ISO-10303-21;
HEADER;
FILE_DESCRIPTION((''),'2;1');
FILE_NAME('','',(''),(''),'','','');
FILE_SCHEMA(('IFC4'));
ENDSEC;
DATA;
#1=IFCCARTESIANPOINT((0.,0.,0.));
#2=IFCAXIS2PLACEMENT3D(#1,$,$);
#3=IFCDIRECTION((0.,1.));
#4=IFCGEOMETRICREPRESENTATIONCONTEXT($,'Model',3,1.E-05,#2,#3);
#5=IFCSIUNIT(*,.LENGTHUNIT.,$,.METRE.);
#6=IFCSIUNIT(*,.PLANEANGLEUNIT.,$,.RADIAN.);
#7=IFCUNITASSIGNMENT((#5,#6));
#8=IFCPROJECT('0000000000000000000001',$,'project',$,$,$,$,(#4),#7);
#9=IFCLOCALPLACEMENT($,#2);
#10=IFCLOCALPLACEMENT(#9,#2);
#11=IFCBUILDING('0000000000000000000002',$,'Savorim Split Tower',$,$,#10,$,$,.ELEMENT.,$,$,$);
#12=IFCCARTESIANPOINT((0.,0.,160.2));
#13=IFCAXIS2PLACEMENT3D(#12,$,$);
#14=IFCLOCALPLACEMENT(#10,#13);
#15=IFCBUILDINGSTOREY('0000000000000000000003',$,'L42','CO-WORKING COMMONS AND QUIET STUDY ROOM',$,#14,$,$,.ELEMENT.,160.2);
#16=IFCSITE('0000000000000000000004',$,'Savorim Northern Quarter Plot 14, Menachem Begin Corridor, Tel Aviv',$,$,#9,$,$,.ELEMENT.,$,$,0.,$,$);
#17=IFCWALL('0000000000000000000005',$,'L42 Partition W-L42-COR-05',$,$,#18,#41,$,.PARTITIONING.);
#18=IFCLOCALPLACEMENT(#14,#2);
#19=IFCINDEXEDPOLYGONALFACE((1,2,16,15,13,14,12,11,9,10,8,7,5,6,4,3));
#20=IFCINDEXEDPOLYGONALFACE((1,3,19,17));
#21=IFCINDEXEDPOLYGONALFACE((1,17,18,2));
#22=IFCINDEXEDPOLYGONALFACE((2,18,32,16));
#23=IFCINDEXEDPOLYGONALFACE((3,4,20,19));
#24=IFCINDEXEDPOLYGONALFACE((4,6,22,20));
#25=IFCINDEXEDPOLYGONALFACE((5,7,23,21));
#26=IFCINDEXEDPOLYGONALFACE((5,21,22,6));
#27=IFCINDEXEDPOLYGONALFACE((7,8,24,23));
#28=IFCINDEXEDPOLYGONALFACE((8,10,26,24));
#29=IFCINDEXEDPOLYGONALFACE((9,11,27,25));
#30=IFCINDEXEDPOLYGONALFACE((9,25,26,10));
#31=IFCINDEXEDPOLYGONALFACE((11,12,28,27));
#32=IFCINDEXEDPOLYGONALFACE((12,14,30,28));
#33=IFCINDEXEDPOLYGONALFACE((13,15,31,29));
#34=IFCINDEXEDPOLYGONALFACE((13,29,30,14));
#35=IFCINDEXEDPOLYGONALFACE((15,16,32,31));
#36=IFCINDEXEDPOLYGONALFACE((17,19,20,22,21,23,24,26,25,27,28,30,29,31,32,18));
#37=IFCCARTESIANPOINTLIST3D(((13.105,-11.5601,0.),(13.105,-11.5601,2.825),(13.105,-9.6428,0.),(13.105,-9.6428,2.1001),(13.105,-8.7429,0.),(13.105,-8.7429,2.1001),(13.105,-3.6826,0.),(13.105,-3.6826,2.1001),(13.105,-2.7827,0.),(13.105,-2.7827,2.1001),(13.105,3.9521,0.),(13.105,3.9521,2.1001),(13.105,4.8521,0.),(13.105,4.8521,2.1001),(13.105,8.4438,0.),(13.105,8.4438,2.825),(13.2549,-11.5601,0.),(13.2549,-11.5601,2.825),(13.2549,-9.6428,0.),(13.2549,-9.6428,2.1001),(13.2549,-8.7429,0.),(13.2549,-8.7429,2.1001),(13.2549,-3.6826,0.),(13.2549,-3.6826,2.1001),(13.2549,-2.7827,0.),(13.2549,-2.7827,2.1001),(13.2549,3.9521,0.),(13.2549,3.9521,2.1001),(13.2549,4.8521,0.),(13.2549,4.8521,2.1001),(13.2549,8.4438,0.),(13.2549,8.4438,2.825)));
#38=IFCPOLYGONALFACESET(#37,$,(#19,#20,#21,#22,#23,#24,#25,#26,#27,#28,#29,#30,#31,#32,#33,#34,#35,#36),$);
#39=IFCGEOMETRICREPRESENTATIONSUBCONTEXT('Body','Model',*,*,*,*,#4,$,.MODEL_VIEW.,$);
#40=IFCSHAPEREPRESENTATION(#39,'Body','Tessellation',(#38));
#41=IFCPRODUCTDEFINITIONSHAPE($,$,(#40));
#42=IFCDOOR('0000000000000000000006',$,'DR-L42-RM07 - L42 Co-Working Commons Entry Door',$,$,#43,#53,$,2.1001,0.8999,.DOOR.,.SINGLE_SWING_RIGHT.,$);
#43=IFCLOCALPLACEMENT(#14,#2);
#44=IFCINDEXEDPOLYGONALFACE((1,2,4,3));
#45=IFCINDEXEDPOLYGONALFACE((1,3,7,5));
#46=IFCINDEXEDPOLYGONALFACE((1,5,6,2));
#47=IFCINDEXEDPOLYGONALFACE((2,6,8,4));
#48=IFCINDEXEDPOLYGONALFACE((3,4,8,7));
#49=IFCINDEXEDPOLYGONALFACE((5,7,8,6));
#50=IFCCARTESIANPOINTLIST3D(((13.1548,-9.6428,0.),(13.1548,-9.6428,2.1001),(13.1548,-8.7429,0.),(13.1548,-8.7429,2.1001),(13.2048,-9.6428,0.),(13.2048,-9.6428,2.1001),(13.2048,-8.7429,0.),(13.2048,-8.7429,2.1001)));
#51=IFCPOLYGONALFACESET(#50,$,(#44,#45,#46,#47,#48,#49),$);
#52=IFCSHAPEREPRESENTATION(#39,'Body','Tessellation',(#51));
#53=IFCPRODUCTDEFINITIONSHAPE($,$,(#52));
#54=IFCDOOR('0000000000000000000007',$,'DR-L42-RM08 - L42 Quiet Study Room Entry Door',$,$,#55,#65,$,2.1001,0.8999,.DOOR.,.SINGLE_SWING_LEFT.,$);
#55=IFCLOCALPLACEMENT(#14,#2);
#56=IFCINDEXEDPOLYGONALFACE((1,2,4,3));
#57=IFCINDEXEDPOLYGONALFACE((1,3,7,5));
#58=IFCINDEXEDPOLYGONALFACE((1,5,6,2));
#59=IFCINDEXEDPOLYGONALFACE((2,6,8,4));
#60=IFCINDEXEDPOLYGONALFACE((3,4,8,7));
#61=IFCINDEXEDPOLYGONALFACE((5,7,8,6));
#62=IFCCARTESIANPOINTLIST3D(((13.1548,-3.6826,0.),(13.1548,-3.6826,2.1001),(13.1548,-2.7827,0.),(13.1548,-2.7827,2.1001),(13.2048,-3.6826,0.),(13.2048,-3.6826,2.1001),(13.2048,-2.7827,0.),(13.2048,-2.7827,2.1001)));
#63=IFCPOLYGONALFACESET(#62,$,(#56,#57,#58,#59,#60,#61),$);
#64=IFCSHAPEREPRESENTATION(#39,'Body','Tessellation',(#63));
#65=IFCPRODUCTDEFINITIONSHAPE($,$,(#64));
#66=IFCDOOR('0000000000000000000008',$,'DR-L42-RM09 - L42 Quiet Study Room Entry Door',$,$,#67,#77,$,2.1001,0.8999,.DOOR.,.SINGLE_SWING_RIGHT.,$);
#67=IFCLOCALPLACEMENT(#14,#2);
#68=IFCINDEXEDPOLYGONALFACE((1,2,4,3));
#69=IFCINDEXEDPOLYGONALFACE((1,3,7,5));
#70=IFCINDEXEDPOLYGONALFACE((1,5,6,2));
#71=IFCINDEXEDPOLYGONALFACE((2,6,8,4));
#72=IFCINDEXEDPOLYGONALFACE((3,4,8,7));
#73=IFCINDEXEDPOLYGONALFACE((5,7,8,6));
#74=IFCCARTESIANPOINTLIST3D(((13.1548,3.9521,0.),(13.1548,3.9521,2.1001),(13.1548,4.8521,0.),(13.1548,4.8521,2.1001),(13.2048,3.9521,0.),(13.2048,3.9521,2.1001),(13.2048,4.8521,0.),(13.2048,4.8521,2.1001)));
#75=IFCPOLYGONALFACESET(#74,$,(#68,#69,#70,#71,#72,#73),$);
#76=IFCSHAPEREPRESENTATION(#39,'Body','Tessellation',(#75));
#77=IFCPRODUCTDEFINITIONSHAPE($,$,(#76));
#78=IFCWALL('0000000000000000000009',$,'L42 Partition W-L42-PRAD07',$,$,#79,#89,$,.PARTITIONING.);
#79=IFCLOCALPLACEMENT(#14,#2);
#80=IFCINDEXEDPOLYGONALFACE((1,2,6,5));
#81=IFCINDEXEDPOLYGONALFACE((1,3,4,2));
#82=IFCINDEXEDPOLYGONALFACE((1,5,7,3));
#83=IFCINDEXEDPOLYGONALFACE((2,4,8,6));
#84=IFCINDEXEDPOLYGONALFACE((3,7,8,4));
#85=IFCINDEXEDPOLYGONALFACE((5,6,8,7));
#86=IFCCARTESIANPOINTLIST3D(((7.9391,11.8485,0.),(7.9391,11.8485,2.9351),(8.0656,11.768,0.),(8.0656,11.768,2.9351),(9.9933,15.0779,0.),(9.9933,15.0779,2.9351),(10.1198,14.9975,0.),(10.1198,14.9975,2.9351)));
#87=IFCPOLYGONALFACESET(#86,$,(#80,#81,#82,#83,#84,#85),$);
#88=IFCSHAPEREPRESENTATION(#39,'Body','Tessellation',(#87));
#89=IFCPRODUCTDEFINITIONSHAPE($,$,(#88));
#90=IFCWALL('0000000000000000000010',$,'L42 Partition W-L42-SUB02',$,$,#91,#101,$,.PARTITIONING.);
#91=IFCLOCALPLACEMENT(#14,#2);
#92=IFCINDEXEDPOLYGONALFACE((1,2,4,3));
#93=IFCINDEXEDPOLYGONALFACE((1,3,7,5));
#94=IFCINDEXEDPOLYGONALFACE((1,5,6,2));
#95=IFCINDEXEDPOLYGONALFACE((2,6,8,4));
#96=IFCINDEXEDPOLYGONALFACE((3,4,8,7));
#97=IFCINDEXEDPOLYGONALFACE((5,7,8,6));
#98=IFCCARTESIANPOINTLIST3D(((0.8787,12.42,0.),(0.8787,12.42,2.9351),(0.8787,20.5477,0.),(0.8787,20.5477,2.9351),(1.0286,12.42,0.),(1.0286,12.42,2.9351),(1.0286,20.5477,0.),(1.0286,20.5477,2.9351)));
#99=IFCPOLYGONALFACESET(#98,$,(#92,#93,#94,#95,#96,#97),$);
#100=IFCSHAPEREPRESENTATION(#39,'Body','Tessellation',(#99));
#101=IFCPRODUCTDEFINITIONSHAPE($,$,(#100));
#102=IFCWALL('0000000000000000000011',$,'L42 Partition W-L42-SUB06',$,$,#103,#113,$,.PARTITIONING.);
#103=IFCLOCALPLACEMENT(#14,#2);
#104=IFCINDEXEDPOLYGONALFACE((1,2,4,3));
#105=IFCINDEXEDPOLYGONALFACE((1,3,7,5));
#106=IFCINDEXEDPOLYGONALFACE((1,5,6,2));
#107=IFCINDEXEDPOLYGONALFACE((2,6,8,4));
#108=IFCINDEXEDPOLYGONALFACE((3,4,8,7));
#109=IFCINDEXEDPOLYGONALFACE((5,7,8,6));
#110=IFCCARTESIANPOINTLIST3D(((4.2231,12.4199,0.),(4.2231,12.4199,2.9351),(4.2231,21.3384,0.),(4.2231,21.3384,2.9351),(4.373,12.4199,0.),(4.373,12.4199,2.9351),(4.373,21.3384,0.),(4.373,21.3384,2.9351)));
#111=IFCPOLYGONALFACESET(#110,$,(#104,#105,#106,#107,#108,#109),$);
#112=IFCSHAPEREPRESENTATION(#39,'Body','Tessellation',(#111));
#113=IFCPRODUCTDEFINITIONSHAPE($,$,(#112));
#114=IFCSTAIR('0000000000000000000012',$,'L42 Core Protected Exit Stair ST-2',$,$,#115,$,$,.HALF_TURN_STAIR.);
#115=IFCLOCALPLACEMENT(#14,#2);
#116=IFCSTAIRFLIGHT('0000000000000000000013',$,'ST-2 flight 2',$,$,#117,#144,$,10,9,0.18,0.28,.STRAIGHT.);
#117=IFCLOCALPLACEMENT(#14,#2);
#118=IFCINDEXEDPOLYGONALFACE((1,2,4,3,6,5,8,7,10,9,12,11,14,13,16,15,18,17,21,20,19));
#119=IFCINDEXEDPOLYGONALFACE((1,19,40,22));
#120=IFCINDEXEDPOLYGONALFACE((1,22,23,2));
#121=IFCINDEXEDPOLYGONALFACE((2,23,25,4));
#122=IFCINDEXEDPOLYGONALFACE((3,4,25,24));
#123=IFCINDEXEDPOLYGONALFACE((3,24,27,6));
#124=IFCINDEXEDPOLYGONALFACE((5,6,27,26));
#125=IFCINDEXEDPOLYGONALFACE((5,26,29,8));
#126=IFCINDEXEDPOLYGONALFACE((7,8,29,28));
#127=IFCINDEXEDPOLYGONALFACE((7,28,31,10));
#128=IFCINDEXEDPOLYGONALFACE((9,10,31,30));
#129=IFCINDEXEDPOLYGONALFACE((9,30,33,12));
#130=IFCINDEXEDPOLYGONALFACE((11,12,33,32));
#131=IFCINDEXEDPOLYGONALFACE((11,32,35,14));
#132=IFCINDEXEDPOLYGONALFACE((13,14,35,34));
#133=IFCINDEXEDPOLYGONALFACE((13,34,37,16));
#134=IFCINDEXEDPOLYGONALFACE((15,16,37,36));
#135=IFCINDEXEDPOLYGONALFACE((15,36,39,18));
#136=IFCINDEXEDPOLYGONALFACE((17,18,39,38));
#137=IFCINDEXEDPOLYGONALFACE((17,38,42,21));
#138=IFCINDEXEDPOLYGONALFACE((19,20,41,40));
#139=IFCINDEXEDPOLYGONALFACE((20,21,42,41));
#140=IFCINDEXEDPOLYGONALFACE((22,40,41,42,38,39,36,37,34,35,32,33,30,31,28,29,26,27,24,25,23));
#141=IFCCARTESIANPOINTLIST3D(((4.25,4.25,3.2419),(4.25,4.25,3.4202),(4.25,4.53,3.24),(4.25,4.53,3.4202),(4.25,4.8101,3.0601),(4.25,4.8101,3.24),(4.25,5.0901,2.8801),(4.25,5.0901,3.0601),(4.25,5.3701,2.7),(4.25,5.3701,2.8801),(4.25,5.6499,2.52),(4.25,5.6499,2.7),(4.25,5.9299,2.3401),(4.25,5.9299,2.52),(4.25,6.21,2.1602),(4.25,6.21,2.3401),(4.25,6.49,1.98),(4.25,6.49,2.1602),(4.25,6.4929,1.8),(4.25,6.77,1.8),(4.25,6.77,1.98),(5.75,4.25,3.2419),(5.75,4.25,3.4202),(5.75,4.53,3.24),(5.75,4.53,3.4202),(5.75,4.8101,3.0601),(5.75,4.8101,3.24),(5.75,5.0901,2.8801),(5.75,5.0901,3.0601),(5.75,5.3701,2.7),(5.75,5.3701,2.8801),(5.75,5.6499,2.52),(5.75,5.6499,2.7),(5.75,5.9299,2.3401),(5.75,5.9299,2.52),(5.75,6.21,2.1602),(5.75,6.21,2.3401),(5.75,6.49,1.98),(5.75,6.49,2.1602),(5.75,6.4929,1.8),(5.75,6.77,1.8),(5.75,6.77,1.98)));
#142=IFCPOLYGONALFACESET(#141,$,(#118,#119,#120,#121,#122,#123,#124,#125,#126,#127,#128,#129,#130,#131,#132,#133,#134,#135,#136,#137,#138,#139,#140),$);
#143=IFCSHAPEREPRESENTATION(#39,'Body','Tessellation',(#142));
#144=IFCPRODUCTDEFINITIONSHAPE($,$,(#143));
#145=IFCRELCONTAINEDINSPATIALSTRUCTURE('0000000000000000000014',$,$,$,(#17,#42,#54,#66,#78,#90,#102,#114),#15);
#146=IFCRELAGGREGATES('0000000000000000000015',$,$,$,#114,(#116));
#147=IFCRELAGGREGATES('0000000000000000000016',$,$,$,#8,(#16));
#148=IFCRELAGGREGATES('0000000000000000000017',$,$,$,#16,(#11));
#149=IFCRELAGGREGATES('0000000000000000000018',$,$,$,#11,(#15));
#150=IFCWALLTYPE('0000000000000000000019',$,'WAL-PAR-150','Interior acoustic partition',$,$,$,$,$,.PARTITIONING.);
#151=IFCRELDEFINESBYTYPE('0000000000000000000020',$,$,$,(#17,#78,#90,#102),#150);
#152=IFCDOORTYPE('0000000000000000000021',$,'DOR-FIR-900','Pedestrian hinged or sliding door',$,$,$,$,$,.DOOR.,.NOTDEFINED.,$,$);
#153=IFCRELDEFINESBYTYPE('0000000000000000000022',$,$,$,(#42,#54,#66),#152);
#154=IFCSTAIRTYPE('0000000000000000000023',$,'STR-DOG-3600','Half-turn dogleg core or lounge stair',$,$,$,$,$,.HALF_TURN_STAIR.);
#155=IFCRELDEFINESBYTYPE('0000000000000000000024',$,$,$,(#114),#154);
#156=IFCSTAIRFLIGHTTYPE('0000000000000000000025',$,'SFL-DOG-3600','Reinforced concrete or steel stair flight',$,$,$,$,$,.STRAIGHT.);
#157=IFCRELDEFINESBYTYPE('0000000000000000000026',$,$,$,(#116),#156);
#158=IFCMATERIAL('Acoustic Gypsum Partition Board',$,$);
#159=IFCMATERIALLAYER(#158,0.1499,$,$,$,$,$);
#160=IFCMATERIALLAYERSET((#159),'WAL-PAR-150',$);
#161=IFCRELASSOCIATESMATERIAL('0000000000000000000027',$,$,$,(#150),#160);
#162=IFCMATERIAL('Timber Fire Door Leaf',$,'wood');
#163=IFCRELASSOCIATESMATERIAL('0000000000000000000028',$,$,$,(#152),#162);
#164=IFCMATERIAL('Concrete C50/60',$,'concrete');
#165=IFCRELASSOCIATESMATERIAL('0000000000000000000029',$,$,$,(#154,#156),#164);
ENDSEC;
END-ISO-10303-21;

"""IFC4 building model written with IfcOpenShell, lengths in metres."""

from ifc_helpers import new_model, si_unit, direction, frame, frame_2d, origin, place, context, subcontext, project, spatial, polyline, rectangle, outline, extrude, material, layer, layer_set, type_object, element, fill, aggregate, save


model = new_model("IFC4")

# Units and contexts
model_context = context("Model", 3, precision=1e-05, world=origin(), true_north=direction((0.0, 1.0)))
body_context = subcontext(model_context, "Body", "Model", "MODEL_VIEW")
ifc_project = project(units=[si_unit("LENGTHUNIT", "METRE"), si_unit("PLANEANGLEUNIT", "RADIAN")], contexts=[model_context])

# Site, building, storey
site_placement = place(None, origin())
site = spatial("IfcSite", under=ifc_project, at=site_placement, Name="Savorim Northern Quarter Plot 14, Menachem Begin Corridor, Tel Aviv", CompositionType="ELEMENT", RefElevation=0.0)
building_placement = place(site_placement, origin())
building = spatial("IfcBuilding", under=site, at=building_placement, Name="Savorim Split Tower", CompositionType="ELEMENT")
storey_placement = place(building_placement, frame((0.0, 0.0, 160.2)))
storey = spatial("IfcBuildingStorey", under=building, at=storey_placement, Name="L42", Description="CO-WORKING COMMONS AND QUIET STUDY ROOM", CompositionType="ELEMENT", Elevation=160.2)

# Shared definitions
ifc_material_1 = material(Name="Timber Fire Door Leaf", Category="wood")

# Shared definitions
ifc_material_2 = material(Name="Acoustic Gypsum Partition Board")
ifc_layer_1 = layer(ifc_material_2, 0.1499)
ifc_layer_set_1 = layer_set([ifc_layer_1], Name="WAL-PAR-150")
wall_type_1 = type_object("IfcWallType", Name="WAL-PAR-150", Description="Interior acoustic partition", PredefinedType="PARTITIONING", material=ifc_layer_set_1)

# Wall, openings, doors
wall_1_placement = place(storey_placement, frame((13.1799, 8.4438, 0.0), z_axis=(0.0, 0.0, 1.0), x_axis=(0.0, -1.0, 0.0)))
wall_1 = element("IfcWall", 1, at=wall_1_placement, inside=storey, type_object=wall_type_1, Name="L42 Partition W-L42-COR-05", PredefinedType="PARTITIONING", context=body_context, shape_type="SweptSolid", body=[
    extrude(rectangle(XDim=20.0039, YDim=0.1499, at=frame_2d((10.002, 0.0))), origin(), (0.0, 0.0, 1.0), 2.825),
])
opening_1_placement = place(wall_1_placement, frame((17.1868, 0.0, 0.0)))
opening_1 = element("IfcOpeningElement", 2, at=opening_1_placement, cuts=wall_1, PredefinedType="OPENING", context=body_context, shape_type="SweptSolid", body=[
    extrude(rectangle(XDim=0.8999, YDim=2.1001, at=frame_2d((0.45, 1.05))), frame((0.0, 0.085, 0.0), z_axis=(0.0, -1.0, 0.0), x_axis=(1.0, 0.0, 0.0)), (0.0, 0.0, 1.0), 0.1699),
])
opening_2_placement = place(wall_1_placement, frame((11.2266, 0.0, 0.0)))
opening_2 = element("IfcOpeningElement", 3, at=opening_2_placement, cuts=wall_1, PredefinedType="OPENING", context=body_context, shape_type="SweptSolid", body=[
    extrude(rectangle(XDim=0.8999, YDim=2.1001, at=frame_2d((0.45, 1.05))), frame((0.0, 0.085, 0.0), z_axis=(0.0, -1.0, 0.0), x_axis=(1.0, 0.0, 0.0)), (0.0, 0.0, 1.0), 0.1699),
])
opening_3_placement = place(wall_1_placement, frame((3.5918, 0.0, 0.0)))
opening_3 = element("IfcOpeningElement", 4, at=opening_3_placement, cuts=wall_1, PredefinedType="OPENING", context=body_context, shape_type="SweptSolid", body=[
    extrude(rectangle(XDim=0.8999, YDim=2.1001, at=frame_2d((0.45, 1.05))), frame((0.0, 0.085, 0.0), z_axis=(0.0, -1.0, 0.0), x_axis=(1.0, 0.0, 0.0)), (0.0, 0.0, 1.0), 0.1699),
])
door_type_1 = type_object("IfcDoorType", Name="DOR-FIR-900", Description="Pedestrian hinged or sliding door", OperationType="NOTDEFINED", PredefinedType="DOOR", material=ifc_material_1)
door_1_placement = place(opening_1_placement, origin())
door_1 = element("IfcDoor", 5, at=door_1_placement, inside=storey, type_object=door_type_1, Name="DR-L42-RM07 - L42 Co-Working Commons Entry Door", OperationType="SINGLE_SWING_RIGHT", OverallHeight=2.1001, OverallWidth=0.8999, PredefinedType="DOOR", context=body_context, shape_type="SweptSolid", body=[
    extrude(rectangle(XDim=0.8999, YDim=2.1001, at=frame_2d((0.45, 1.05))), frame((0.0, 0.0249, 0.0), z_axis=(0.0, -1.0, 0.0), x_axis=(1.0, 0.0, 0.0)), (0.0, 0.0, 1.0), 0.05),
])
fill(opening_1, door_1)
door_2_placement = place(opening_2_placement, origin())
door_2 = element("IfcDoor", 6, at=door_2_placement, inside=storey, type_object=door_type_1, Name="DR-L42-RM08 - L42 Quiet Study Room Entry Door", OperationType="SINGLE_SWING_LEFT", OverallHeight=2.1001, OverallWidth=0.8999, PredefinedType="DOOR", context=body_context, shape_type="SweptSolid", body=[
    extrude(rectangle(XDim=0.8999, YDim=2.1001, at=frame_2d((0.45, 1.05))), frame((0.0, 0.0249, 0.0), z_axis=(0.0, -1.0, 0.0), x_axis=(1.0, 0.0, 0.0)), (0.0, 0.0, 1.0), 0.05),
])
fill(opening_2, door_2)
door_3_placement = place(opening_3_placement, origin())
door_3 = element("IfcDoor", 7, at=door_3_placement, inside=storey, type_object=door_type_1, Name="DR-L42-RM09 - L42 Quiet Study Room Entry Door", OperationType="SINGLE_SWING_RIGHT", OverallHeight=2.1001, OverallWidth=0.8999, PredefinedType="DOOR", context=body_context, shape_type="SweptSolid", body=[
    extrude(rectangle(XDim=0.8999, YDim=2.1001, at=frame_2d((0.45, 1.05))), frame((0.0, 0.0249, 0.0), z_axis=(0.0, -1.0, 0.0), x_axis=(1.0, 0.0, 0.0)), (0.0, 0.0, 1.0), 0.05),
])
fill(opening_3, door_3)

# Walls
wall_2_placement = place(storey_placement, frame((8.0024, 11.8083, 0.0), z_axis=(0.0, 0.0, 1.0), x_axis=(0.536702, 0.843772, 0.0)))
element("IfcWall", 8, at=wall_2_placement, inside=storey, type_object=wall_type_1, Name="L42 Partition W-L42-PRAD07", PredefinedType="PARTITIONING", context=body_context, shape_type="SweptSolid", body=[
    extrude(rectangle(XDim=3.8274, YDim=0.1499, at=frame_2d((1.9136, 0.0))), origin(), (0.0, 0.0, 1.0), 2.9351),
])
wall_3_placement = place(storey_placement, frame((0.9536, 12.4199, 0.0), z_axis=(0.0, 0.0, 1.0), x_axis=(0.0, 1.0, 0.0)))
element("IfcWall", 9, at=wall_3_placement, inside=storey, type_object=wall_type_1, Name="L42 Partition W-L42-SUB02", PredefinedType="PARTITIONING", context=body_context, shape_type="SweptSolid", body=[
    extrude(rectangle(XDim=8.1277, YDim=0.1499, at=frame_2d((4.064, 0.0))), origin(), (0.0, 0.0, 1.0), 2.9351),
])
wall_4_placement = place(storey_placement, frame((4.2981, 12.4199, 0.0), z_axis=(0.0, 0.0, 1.0), x_axis=(0.0, 1.0, 0.0)))
element("IfcWall", 10, at=wall_4_placement, inside=storey, type_object=wall_type_1, Name="L42 Partition W-L42-SUB06", PredefinedType="PARTITIONING", context=body_context, shape_type="SweptSolid", body=[
    extrude(rectangle(XDim=8.9185, YDim=0.1499, at=frame_2d((4.4592, 0.0))), origin(), (0.0, 0.0, 1.0), 2.9351),
])

# Stair, stair flight
ifc_material_3 = material(Name="Concrete C50/60", Category="concrete")
stair_type = type_object("IfcStairType", Name="STR-DOG-3600", Description="Half-turn dogleg core or lounge stair", PredefinedType="HALF_TURN_STAIR", material=ifc_material_3)
stair_placement = place(storey_placement, origin())
stair = element("IfcStair", 11, at=stair_placement, inside=storey, type_object=stair_type, Name="L42 Core Protected Exit Stair ST-2", PredefinedType="HALF_TURN_STAIR")
stair_flight_type = type_object("IfcStairFlightType", Name="SFL-DOG-3600", Description="Reinforced concrete or steel stair flight", PredefinedType="STRAIGHT", material=ifc_material_3)
stair_flight_placement = place(storey_placement, frame((5.0, 6.77, 1.8), z_axis=(0.0, 0.0, 1.0), x_axis=(0.0, -1.0, 0.0)))
stair_flight = element("IfcStairFlight", 12, at=stair_flight_placement, type_object=stair_flight_type, Name="ST-2 flight 2", NumberOfRisers=10, NumberOfTreads=9, PredefinedType="STRAIGHT", RiserHeight=0.18, TreadLength=0.28, context=body_context, shape_type="SweptSolid", body=[
    extrude(outline(polyline([(0.0, 0.0), (0.0, 0.1799), (0.28, 0.1799), (0.28, 0.3601), (0.5601, 0.3601), (0.5601, 0.54), (0.8401, 0.54), (0.8401, 0.72), (1.1201, 0.72), (1.1201, 0.8999), (1.3999, 0.8999), (1.3999, 1.0801), (1.6799, 1.0801), (1.6799, 1.26), (1.96, 1.26), (1.96, 1.4399), (2.24, 1.4399), (2.24, 1.6201), (2.52, 1.6201), (2.52, 1.8), (2.52, 1.4419), (0.2771, 0.0), (0.0, 0.0)])), frame((0.0, 0.75, 0.0), z_axis=(0.0, -1.0, 0.0), x_axis=(1.0, 0.0, 0.0)), (0.0, 0.0, 1.0), 1.5),
])
aggregate(stair, [stair_flight])

save(model, "model.ifc")
